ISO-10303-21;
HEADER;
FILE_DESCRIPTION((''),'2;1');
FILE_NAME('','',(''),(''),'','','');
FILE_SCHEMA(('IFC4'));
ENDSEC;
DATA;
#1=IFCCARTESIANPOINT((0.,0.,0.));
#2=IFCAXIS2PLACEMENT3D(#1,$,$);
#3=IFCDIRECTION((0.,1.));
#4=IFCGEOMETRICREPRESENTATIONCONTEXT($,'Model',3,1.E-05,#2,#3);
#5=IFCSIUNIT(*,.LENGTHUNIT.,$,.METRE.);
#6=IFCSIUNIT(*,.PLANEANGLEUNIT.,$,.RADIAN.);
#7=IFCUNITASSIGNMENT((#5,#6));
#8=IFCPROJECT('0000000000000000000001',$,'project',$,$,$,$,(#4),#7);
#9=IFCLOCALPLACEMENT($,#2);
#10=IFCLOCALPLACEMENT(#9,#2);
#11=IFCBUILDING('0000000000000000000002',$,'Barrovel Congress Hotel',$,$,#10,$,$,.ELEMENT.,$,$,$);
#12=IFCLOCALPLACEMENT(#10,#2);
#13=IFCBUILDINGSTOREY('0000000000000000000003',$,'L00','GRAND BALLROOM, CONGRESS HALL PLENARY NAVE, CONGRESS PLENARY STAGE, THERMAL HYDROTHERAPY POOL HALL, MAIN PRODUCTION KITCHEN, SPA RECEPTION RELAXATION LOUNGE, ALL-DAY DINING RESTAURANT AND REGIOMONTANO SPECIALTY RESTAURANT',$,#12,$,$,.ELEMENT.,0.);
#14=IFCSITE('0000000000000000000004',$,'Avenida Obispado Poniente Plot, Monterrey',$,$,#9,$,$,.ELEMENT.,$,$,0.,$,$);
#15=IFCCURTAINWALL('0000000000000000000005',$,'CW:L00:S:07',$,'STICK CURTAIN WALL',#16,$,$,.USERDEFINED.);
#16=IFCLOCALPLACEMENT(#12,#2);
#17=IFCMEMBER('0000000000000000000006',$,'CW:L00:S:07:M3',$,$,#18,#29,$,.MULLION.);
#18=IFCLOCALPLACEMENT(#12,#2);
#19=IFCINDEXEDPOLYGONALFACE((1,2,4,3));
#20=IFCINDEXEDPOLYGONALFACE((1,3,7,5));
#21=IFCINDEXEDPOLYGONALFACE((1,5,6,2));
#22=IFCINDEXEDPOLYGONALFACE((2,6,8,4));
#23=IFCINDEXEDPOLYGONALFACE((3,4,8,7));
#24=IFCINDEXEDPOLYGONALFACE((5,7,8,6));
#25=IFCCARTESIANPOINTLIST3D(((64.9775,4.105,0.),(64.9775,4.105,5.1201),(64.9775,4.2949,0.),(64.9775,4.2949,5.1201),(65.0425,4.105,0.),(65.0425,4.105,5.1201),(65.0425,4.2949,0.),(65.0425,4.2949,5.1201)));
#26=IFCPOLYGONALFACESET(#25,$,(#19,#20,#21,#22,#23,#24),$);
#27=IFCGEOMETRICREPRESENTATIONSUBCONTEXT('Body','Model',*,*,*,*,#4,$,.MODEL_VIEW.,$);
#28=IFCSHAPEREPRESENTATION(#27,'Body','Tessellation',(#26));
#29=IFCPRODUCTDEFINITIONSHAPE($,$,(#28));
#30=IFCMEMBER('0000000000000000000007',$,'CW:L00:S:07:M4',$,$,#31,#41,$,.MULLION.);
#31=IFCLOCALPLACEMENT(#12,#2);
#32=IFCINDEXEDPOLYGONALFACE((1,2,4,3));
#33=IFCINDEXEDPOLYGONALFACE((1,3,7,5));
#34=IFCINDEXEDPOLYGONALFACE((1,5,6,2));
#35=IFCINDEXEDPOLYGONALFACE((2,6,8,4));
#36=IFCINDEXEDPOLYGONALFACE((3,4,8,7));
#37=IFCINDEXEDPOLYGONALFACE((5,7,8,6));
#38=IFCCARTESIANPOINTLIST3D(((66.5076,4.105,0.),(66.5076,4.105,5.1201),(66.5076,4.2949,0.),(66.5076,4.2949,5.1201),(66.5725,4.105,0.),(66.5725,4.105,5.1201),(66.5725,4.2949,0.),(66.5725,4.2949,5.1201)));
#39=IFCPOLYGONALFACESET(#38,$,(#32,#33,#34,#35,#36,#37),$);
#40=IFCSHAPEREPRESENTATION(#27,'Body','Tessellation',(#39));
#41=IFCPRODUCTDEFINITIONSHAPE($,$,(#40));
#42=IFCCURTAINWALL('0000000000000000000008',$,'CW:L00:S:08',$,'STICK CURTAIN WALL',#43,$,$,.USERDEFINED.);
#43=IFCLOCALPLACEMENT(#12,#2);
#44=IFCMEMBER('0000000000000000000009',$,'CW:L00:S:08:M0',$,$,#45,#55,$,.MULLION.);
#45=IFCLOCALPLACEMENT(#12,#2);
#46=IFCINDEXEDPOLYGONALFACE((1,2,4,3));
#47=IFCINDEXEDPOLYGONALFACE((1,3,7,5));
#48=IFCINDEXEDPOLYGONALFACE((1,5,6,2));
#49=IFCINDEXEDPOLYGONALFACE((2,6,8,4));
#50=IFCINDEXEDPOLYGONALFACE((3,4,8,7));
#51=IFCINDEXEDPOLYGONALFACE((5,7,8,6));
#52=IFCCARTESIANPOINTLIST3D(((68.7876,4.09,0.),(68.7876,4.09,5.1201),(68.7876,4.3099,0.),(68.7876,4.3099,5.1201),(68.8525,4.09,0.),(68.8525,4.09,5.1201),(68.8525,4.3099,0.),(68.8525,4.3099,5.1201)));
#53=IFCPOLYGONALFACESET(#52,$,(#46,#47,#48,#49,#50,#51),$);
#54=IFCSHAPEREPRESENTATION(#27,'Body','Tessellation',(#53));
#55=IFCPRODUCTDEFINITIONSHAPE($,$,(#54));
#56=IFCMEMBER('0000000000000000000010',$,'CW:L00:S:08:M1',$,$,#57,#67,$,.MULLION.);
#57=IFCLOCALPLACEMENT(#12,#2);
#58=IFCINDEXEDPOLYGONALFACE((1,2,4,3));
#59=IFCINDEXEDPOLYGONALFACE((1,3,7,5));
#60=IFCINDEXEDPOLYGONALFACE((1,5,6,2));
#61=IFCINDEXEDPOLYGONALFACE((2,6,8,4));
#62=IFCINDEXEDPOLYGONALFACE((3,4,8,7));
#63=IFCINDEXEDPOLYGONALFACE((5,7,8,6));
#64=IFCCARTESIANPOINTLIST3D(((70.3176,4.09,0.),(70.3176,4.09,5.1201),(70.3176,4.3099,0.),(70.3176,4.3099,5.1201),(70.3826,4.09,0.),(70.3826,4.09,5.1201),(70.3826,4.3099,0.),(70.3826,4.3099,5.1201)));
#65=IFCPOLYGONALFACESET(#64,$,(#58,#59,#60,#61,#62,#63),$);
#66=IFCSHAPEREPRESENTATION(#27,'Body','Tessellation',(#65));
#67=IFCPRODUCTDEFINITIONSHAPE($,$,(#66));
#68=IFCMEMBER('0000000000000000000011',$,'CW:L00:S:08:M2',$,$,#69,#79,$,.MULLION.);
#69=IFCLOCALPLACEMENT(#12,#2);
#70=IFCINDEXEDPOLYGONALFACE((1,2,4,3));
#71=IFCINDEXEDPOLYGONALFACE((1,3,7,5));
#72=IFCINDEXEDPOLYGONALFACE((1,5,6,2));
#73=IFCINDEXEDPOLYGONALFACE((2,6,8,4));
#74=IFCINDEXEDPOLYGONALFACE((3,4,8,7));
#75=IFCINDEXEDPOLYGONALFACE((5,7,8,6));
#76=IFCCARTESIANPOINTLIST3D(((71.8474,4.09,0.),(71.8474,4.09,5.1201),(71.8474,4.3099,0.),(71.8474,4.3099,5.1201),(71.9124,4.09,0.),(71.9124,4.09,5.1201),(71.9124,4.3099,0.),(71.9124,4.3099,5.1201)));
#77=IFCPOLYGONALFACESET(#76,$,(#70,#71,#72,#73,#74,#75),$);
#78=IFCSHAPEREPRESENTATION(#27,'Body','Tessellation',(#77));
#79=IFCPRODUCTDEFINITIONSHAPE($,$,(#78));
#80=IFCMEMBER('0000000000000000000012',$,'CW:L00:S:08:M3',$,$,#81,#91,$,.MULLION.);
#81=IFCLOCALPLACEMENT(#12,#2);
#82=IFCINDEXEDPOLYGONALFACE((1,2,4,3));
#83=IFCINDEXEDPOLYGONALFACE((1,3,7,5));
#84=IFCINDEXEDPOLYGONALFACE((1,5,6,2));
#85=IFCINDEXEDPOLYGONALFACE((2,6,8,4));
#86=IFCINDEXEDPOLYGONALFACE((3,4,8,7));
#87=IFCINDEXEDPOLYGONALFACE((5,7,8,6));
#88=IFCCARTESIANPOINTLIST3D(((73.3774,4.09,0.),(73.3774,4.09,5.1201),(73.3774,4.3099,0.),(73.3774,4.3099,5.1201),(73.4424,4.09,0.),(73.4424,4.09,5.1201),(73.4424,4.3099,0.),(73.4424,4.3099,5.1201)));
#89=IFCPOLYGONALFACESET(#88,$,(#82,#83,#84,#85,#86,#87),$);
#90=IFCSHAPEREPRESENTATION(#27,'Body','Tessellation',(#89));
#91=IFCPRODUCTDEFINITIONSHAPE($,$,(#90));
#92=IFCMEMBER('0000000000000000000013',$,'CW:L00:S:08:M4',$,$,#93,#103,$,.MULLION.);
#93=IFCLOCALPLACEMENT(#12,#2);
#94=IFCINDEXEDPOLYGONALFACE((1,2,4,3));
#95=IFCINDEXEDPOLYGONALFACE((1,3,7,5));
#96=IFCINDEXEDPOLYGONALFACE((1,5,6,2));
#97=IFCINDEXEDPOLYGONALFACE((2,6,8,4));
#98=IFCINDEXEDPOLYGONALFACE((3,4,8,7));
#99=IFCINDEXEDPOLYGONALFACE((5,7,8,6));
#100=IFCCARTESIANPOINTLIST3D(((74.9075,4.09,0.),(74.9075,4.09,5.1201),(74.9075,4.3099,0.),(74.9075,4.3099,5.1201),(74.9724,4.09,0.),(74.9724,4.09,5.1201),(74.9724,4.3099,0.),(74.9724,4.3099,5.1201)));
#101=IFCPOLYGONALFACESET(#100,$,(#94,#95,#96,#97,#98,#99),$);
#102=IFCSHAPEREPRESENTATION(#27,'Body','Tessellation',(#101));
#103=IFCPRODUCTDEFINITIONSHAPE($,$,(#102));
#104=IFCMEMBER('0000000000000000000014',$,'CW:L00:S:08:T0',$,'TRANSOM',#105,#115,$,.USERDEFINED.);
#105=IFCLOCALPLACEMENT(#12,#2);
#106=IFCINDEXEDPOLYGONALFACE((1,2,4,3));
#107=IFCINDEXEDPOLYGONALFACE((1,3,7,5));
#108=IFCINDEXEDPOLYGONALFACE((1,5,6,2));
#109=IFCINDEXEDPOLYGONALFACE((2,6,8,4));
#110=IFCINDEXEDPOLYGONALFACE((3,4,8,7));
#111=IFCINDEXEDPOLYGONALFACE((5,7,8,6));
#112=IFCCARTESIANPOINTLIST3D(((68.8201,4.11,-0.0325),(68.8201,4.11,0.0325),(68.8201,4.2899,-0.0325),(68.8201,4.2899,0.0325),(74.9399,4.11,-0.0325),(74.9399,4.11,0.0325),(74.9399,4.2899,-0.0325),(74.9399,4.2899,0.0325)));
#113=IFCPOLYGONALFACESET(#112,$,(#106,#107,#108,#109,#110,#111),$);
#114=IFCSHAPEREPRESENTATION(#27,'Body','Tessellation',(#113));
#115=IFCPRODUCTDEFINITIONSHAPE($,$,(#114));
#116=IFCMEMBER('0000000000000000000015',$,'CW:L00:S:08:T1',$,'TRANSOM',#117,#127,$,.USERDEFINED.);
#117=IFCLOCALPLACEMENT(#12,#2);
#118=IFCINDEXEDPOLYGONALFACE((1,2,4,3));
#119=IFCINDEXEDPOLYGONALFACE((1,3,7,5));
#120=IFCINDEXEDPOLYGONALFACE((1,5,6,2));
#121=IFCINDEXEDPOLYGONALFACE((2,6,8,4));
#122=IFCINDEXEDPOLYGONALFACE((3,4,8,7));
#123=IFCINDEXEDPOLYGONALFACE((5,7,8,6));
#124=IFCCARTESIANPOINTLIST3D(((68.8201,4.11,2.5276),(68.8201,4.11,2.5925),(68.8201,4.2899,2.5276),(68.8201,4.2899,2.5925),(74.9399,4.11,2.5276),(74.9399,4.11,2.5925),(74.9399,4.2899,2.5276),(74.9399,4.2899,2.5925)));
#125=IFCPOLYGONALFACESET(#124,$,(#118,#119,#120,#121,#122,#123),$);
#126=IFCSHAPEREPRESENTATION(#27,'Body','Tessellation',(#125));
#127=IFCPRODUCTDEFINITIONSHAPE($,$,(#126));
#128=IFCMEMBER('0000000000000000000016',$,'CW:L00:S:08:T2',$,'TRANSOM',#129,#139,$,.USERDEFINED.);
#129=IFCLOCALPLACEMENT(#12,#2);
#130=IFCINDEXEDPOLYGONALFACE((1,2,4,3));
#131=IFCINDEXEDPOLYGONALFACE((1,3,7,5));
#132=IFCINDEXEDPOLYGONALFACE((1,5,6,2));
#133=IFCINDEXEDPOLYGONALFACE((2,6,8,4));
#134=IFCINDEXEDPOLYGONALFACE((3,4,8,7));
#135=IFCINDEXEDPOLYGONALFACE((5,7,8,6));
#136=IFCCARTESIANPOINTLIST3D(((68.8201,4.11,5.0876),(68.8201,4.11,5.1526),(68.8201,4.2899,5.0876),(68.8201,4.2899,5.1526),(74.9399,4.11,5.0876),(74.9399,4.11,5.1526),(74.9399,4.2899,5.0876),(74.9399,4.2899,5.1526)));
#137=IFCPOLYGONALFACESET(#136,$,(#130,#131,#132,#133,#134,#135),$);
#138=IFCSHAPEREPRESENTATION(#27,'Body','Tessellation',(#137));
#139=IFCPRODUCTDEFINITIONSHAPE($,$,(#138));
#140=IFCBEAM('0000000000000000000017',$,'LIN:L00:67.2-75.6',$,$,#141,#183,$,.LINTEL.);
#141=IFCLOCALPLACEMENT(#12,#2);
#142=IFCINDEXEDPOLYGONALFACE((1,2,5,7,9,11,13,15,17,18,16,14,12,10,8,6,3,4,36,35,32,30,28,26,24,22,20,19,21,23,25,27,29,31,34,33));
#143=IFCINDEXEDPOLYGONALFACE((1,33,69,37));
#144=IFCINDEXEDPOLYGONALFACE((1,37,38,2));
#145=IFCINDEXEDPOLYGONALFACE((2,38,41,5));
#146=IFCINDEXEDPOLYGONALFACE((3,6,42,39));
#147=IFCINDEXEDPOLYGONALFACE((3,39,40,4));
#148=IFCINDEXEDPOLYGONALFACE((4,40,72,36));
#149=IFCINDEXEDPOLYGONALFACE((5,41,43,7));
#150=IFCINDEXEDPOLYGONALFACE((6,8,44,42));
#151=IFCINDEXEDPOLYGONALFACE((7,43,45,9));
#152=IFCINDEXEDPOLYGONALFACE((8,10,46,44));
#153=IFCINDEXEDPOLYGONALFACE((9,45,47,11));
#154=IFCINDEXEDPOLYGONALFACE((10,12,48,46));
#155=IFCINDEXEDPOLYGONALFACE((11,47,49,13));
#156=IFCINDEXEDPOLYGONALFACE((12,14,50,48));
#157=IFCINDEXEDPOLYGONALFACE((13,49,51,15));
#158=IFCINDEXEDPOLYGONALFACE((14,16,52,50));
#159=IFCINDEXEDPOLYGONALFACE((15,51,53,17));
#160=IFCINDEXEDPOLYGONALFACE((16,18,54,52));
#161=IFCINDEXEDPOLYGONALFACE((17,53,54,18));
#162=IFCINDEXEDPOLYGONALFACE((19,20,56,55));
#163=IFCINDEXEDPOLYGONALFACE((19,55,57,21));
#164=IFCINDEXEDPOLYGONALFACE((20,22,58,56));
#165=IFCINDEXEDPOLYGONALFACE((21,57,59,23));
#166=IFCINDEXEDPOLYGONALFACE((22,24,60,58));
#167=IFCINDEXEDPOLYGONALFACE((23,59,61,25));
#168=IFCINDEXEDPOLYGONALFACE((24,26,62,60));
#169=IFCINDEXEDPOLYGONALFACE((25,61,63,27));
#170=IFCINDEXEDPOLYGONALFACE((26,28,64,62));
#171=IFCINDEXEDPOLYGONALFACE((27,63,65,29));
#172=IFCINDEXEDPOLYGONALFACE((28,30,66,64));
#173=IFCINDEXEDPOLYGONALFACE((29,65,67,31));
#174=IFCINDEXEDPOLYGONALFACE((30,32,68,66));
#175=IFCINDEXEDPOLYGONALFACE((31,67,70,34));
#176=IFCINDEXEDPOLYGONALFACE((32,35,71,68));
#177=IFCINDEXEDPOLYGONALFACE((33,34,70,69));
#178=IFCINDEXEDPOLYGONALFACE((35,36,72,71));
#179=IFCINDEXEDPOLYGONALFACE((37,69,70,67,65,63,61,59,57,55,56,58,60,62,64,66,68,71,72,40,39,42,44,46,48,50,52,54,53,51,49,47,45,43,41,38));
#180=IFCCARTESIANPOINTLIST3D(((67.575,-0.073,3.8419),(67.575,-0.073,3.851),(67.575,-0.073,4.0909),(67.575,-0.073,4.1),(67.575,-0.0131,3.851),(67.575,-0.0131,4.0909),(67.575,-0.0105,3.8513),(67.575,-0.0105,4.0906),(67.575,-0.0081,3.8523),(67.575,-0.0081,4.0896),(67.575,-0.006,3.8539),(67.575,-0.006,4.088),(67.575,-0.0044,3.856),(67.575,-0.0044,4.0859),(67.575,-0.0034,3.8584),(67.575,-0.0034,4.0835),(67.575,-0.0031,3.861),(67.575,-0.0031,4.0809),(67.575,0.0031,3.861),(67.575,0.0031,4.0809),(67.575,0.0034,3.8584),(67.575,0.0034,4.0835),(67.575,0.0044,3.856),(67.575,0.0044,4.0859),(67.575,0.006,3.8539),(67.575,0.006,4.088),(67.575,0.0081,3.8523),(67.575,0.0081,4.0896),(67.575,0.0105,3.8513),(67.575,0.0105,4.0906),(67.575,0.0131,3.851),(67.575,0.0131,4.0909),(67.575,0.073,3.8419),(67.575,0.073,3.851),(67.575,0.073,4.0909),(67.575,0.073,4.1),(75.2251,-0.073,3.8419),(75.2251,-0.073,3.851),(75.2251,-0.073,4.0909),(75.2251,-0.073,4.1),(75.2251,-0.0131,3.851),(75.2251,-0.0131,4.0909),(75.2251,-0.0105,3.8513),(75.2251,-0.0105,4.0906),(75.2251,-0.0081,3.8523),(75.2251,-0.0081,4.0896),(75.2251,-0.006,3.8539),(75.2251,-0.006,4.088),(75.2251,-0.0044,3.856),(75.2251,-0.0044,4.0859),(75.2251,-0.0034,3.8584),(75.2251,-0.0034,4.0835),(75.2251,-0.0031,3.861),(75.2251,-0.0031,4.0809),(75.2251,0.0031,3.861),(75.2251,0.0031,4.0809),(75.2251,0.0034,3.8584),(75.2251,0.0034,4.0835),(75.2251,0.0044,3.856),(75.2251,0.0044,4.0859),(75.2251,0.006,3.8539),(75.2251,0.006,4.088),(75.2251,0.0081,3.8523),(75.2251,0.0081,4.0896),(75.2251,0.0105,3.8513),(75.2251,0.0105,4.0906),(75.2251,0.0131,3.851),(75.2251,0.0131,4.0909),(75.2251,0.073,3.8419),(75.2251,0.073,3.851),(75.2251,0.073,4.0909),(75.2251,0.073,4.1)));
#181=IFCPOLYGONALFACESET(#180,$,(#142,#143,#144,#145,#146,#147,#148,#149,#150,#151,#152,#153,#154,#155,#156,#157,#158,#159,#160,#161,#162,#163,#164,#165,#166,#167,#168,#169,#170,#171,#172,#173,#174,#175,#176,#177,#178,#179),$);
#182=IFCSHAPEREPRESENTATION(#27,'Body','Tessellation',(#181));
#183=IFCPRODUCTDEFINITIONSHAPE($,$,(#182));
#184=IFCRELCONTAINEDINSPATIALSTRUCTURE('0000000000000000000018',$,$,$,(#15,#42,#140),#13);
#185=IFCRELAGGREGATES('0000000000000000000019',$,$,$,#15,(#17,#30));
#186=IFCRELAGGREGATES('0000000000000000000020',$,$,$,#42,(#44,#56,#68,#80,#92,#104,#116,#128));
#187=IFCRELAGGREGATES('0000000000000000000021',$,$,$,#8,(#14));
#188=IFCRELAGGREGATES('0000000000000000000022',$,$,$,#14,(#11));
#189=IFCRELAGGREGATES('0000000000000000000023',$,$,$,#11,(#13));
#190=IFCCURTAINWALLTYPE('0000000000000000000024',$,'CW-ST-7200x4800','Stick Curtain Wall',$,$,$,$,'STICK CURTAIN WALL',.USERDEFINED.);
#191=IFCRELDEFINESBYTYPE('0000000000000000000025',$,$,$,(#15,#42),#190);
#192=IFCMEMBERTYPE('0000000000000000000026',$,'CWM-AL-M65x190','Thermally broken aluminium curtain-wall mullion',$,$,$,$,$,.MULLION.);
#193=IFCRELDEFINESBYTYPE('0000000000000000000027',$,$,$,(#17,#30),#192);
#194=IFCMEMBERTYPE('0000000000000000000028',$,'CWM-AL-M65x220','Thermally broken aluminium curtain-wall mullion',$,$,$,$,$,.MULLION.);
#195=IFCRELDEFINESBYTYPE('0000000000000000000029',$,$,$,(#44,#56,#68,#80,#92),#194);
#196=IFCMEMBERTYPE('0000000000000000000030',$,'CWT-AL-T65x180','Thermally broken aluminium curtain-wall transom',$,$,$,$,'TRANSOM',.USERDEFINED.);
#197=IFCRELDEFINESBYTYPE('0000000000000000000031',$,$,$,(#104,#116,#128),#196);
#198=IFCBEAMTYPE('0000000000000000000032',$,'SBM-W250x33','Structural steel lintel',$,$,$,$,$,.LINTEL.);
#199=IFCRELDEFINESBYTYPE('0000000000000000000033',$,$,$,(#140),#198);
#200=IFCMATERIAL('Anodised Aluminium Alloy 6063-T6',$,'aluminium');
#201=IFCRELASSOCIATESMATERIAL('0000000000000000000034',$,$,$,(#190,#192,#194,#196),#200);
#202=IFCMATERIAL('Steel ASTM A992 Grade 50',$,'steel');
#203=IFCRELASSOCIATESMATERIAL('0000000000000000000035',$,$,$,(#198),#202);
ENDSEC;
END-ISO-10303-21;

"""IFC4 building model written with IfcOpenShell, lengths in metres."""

from ifc_helpers import new_model, si_unit, direction, frame, origin, origin_2d, place, context, subcontext, project, spatial, rectangle, i_section, extrude, material, material_profile, profile_set, type_object, element, aggregate, save


model = new_model("IFC4")

# Units and contexts
model_context = context("Model", 3, precision=1e-05, world=origin(), true_north=direction((0.0, 1.0)))
body_context = subcontext(model_context, "Body", "Model", "MODEL_VIEW")
ifc_project = project(units=[si_unit("LENGTHUNIT", "METRE"), si_unit("PLANEANGLEUNIT", "RADIAN")], contexts=[model_context])

# Site, building, storey
site_placement = place(None, origin())
site = spatial("IfcSite", under=ifc_project, at=site_placement, Name="Avenida Obispado Poniente Plot, Monterrey", CompositionType="ELEMENT", RefElevation=0.0)
building_placement = place(site_placement, origin())
building = spatial("IfcBuilding", under=site, at=building_placement, Name="Barrovel Congress Hotel", CompositionType="ELEMENT")
storey_placement = place(building_placement, origin())
storey = spatial("IfcBuildingStorey", under=building, at=storey_placement, Name="L00", Description="GRAND BALLROOM, CONGRESS HALL PLENARY NAVE, CONGRESS PLENARY STAGE, THERMAL HYDROTHERAPY POOL HALL, MAIN PRODUCTION KITCHEN, SPA RECEPTION RELAXATION LOUNGE, ALL-DAY DINING RESTAURANT AND REGIOMONTANO SPECIALTY RESTAURANT", CompositionType="ELEMENT", Elevation=0.0)

# Curtain walls, members
ifc_material_1 = material(Name="Anodised Aluminium Alloy 6063-T6", Category="aluminium")
curtain_wall_type = type_object("IfcCurtainWallType", Name="CW-ST-7200x4800", Description="Stick Curtain Wall", ElementType="STICK CURTAIN WALL", PredefinedType="USERDEFINED", material=ifc_material_1)
curtain_wall_1_placement = place(storey_placement, origin())
curtain_wall_1 = element("IfcCurtainWall", 1, at=curtain_wall_1_placement, inside=storey, type_object=curtain_wall_type, Name="CW:L00:S:07", ObjectType="STICK CURTAIN WALL", PredefinedType="USERDEFINED")
ifc_material_profile_1 = material_profile(ifc_material_1, rectangle(XDim=0.0649, YDim=0.1899, at=origin_2d()), Name="AL-M65x190")
ifc_profile_set_1 = profile_set([ifc_material_profile_1], Name="Anodised Aluminium Alloy 6063-T6")
member_type_1 = type_object("IfcMemberType", Name="CWM-AL-M65x190", Description="Thermally broken aluminium curtain-wall mullion", PredefinedType="MULLION", material=ifc_profile_set_1)
member_1_placement = place(storey_placement, frame((65.01, 4.2, 0.0), z_axis=(0.0, 0.0, 1.0), x_axis=(1.0, 0.0, 0.0)))
member_1 = element("IfcMember", 2, at=member_1_placement, type_object=member_type_1, Name="CW:L00:S:07:M3", PredefinedType="MULLION", context=body_context, shape_type="SweptSolid", body=[
    extrude(rectangle(XDim=0.0649, YDim=0.1899, at=origin_2d()), origin(), (0.0, 0.0, 1.0), 5.1201),
])
member_2_placement = place(storey_placement, frame((66.54, 4.2, 0.0), z_axis=(0.0, 0.0, 1.0), x_axis=(1.0, 0.0, 0.0)))
member_2 = element("IfcMember", 3, at=member_2_placement, type_object=member_type_1, Name="CW:L00:S:07:M4", PredefinedType="MULLION", context=body_context, shape_type="SweptSolid", body=[
    extrude(rectangle(XDim=0.0649, YDim=0.1899, at=origin_2d()), origin(), (0.0, 0.0, 1.0), 5.1201),
])
curtain_wall_2_placement = place(storey_placement, origin())
curtain_wall_2 = element("IfcCurtainWall", 4, at=curtain_wall_2_placement, inside=storey, type_object=curtain_wall_type, Name="CW:L00:S:08", ObjectType="STICK CURTAIN WALL", PredefinedType="USERDEFINED")
ifc_material_profile_2 = material_profile(ifc_material_1, rectangle(XDim=0.0649, YDim=0.22, at=origin_2d()), Name="AL-M65x220")
ifc_profile_set_2 = profile_set([ifc_material_profile_2], Name="Anodised Aluminium Alloy 6063-T6")
member_type_2 = type_object("IfcMemberType", Name="CWM-AL-M65x220", Description="Thermally broken aluminium curtain-wall mullion", PredefinedType="MULLION", material=ifc_profile_set_2)
member_3_placement = place(storey_placement, frame((68.8201, 4.2, 0.0), z_axis=(0.0, 0.0, 1.0), x_axis=(1.0, 0.0, 0.0)))
member_3 = element("IfcMember", 5, at=member_3_placement, type_object=member_type_2, Name="CW:L00:S:08:M0", PredefinedType="MULLION", context=body_context, shape_type="SweptSolid", body=[
    extrude(rectangle(XDim=0.0649, YDim=0.22, at=origin_2d()), origin(), (0.0, 0.0, 1.0), 5.1201),
])
member_4_placement = place(storey_placement, frame((70.3501, 4.2, 0.0), z_axis=(0.0, 0.0, 1.0), x_axis=(1.0, 0.0, 0.0)))
member_4 = element("IfcMember", 6, at=member_4_placement, type_object=member_type_2, Name="CW:L00:S:08:M1", PredefinedType="MULLION", context=body_context, shape_type="SweptSolid", body=[
    extrude(rectangle(XDim=0.0649, YDim=0.22, at=origin_2d()), origin(), (0.0, 0.0, 1.0), 5.1201),
])
member_5_placement = place(storey_placement, frame((71.8799, 4.2, 0.0), z_axis=(0.0, 0.0, 1.0), x_axis=(1.0, 0.0, 0.0)))
member_5 = element("IfcMember", 7, at=member_5_placement, type_object=member_type_2, Name="CW:L00:S:08:M2", PredefinedType="MULLION", context=body_context, shape_type="SweptSolid", body=[
    extrude(rectangle(XDim=0.0649, YDim=0.22, at=origin_2d()), origin(), (0.0, 0.0, 1.0), 5.1201),
])
member_6_placement = place(storey_placement, frame((73.4099, 4.2, 0.0), z_axis=(0.0, 0.0, 1.0), x_axis=(1.0, 0.0, 0.0)))
member_6 = element("IfcMember", 8, at=member_6_placement, type_object=member_type_2, Name="CW:L00:S:08:M3", PredefinedType="MULLION", context=body_context, shape_type="SweptSolid", body=[
    extrude(rectangle(XDim=0.0649, YDim=0.22, at=origin_2d()), origin(), (0.0, 0.0, 1.0), 5.1201),
])
member_7_placement = place(storey_placement, frame((74.9399, 4.2, 0.0), z_axis=(0.0, 0.0, 1.0), x_axis=(1.0, 0.0, 0.0)))
member_7 = element("IfcMember", 9, at=member_7_placement, type_object=member_type_2, Name="CW:L00:S:08:M4", PredefinedType="MULLION", context=body_context, shape_type="SweptSolid", body=[
    extrude(rectangle(XDim=0.0649, YDim=0.22, at=origin_2d()), origin(), (0.0, 0.0, 1.0), 5.1201),
])
ifc_material_profile_3 = material_profile(ifc_material_1, rectangle(XDim=0.1799, YDim=0.0649, at=origin_2d()), Name="AL-T65x180")
ifc_profile_set_3 = profile_set([ifc_material_profile_3], Name="Anodised Aluminium Alloy 6063-T6")
member_type_3 = type_object("IfcMemberType", Name="CWT-AL-T65x180", Description="Thermally broken aluminium curtain-wall transom", ElementType="TRANSOM", PredefinedType="USERDEFINED", material=ifc_profile_set_3)
member_8_placement = place(storey_placement, frame((68.8201, 4.2, 0.0), z_axis=(1.0, 0.0, 0.0), x_axis=(0.0, 1.0, 0.0)))
member_8 = element("IfcMember", 10, at=member_8_placement, type_object=member_type_3, Name="CW:L00:S:08:T0", ObjectType="TRANSOM", PredefinedType="USERDEFINED", context=body_context, shape_type="SweptSolid", body=[
    extrude(rectangle(XDim=0.1799, YDim=0.0649, at=origin_2d()), origin(), (0.0, 0.0, 1.0), 6.1199),
])
member_9_placement = place(storey_placement, frame((68.8201, 4.2, 2.5601), z_axis=(1.0, 0.0, 0.0), x_axis=(0.0, 1.0, 0.0)))
member_9 = element("IfcMember", 11, at=member_9_placement, type_object=member_type_3, Name="CW:L00:S:08:T1", ObjectType="TRANSOM", PredefinedType="USERDEFINED", context=body_context, shape_type="SweptSolid", body=[
    extrude(rectangle(XDim=0.1799, YDim=0.0649, at=origin_2d()), origin(), (0.0, 0.0, 1.0), 6.1199),
])
member_10_placement = place(storey_placement, frame((68.8201, 4.2, 5.1201), z_axis=(1.0, 0.0, 0.0), x_axis=(0.0, 1.0, 0.0)))
member_10 = element("IfcMember", 12, at=member_10_placement, type_object=member_type_3, Name="CW:L00:S:08:T2", ObjectType="TRANSOM", PredefinedType="USERDEFINED", context=body_context, shape_type="SweptSolid", body=[
    extrude(rectangle(XDim=0.1799, YDim=0.0649, at=origin_2d()), origin(), (0.0, 0.0, 1.0), 6.1199),
])

# Beam
ifc_material_2 = material(Name="Steel ASTM A992 Grade 50", Category="steel")
ifc_material_profile_4 = material_profile(ifc_material_2, i_section(OverallWidth=0.146, OverallDepth=0.2581, WebThickness=0.0061, FlangeThickness=0.009, FilletRadius=0.01, at=origin_2d()), Name="W250x33")
ifc_profile_set_4 = profile_set([ifc_material_profile_4], Name="Steel ASTM A992 Grade 50")
beam_type_1 = type_object("IfcBeamType", Name="SBM-W250x33", Description="Structural steel lintel", PredefinedType="LINTEL", material=ifc_profile_set_4)
beam_1_placement = place(storey_placement, frame((67.575, 0.0, 3.9709), z_axis=(1.0, 0.0, 0.0), x_axis=(0.0, 1.0, 0.0)))
element("IfcBeam", 13, at=beam_1_placement, inside=storey, type_object=beam_type_1, Name="LIN:L00:67.2-75.6", PredefinedType="LINTEL", context=body_context, shape_type="SweptSolid", body=[
    extrude(i_section(OverallWidth=0.146, OverallDepth=0.2581, WebThickness=0.0061, FlangeThickness=0.009, FilletRadius=0.01, at=origin_2d()), origin(), (0.0, 0.0, 1.0), 7.6501),
])

aggregate(curtain_wall_1, [member_1, member_2])
aggregate(curtain_wall_2, [member_3, member_4, member_5, member_6, member_7, member_8, member_9, member_10])

save(model, "model.ifc")
